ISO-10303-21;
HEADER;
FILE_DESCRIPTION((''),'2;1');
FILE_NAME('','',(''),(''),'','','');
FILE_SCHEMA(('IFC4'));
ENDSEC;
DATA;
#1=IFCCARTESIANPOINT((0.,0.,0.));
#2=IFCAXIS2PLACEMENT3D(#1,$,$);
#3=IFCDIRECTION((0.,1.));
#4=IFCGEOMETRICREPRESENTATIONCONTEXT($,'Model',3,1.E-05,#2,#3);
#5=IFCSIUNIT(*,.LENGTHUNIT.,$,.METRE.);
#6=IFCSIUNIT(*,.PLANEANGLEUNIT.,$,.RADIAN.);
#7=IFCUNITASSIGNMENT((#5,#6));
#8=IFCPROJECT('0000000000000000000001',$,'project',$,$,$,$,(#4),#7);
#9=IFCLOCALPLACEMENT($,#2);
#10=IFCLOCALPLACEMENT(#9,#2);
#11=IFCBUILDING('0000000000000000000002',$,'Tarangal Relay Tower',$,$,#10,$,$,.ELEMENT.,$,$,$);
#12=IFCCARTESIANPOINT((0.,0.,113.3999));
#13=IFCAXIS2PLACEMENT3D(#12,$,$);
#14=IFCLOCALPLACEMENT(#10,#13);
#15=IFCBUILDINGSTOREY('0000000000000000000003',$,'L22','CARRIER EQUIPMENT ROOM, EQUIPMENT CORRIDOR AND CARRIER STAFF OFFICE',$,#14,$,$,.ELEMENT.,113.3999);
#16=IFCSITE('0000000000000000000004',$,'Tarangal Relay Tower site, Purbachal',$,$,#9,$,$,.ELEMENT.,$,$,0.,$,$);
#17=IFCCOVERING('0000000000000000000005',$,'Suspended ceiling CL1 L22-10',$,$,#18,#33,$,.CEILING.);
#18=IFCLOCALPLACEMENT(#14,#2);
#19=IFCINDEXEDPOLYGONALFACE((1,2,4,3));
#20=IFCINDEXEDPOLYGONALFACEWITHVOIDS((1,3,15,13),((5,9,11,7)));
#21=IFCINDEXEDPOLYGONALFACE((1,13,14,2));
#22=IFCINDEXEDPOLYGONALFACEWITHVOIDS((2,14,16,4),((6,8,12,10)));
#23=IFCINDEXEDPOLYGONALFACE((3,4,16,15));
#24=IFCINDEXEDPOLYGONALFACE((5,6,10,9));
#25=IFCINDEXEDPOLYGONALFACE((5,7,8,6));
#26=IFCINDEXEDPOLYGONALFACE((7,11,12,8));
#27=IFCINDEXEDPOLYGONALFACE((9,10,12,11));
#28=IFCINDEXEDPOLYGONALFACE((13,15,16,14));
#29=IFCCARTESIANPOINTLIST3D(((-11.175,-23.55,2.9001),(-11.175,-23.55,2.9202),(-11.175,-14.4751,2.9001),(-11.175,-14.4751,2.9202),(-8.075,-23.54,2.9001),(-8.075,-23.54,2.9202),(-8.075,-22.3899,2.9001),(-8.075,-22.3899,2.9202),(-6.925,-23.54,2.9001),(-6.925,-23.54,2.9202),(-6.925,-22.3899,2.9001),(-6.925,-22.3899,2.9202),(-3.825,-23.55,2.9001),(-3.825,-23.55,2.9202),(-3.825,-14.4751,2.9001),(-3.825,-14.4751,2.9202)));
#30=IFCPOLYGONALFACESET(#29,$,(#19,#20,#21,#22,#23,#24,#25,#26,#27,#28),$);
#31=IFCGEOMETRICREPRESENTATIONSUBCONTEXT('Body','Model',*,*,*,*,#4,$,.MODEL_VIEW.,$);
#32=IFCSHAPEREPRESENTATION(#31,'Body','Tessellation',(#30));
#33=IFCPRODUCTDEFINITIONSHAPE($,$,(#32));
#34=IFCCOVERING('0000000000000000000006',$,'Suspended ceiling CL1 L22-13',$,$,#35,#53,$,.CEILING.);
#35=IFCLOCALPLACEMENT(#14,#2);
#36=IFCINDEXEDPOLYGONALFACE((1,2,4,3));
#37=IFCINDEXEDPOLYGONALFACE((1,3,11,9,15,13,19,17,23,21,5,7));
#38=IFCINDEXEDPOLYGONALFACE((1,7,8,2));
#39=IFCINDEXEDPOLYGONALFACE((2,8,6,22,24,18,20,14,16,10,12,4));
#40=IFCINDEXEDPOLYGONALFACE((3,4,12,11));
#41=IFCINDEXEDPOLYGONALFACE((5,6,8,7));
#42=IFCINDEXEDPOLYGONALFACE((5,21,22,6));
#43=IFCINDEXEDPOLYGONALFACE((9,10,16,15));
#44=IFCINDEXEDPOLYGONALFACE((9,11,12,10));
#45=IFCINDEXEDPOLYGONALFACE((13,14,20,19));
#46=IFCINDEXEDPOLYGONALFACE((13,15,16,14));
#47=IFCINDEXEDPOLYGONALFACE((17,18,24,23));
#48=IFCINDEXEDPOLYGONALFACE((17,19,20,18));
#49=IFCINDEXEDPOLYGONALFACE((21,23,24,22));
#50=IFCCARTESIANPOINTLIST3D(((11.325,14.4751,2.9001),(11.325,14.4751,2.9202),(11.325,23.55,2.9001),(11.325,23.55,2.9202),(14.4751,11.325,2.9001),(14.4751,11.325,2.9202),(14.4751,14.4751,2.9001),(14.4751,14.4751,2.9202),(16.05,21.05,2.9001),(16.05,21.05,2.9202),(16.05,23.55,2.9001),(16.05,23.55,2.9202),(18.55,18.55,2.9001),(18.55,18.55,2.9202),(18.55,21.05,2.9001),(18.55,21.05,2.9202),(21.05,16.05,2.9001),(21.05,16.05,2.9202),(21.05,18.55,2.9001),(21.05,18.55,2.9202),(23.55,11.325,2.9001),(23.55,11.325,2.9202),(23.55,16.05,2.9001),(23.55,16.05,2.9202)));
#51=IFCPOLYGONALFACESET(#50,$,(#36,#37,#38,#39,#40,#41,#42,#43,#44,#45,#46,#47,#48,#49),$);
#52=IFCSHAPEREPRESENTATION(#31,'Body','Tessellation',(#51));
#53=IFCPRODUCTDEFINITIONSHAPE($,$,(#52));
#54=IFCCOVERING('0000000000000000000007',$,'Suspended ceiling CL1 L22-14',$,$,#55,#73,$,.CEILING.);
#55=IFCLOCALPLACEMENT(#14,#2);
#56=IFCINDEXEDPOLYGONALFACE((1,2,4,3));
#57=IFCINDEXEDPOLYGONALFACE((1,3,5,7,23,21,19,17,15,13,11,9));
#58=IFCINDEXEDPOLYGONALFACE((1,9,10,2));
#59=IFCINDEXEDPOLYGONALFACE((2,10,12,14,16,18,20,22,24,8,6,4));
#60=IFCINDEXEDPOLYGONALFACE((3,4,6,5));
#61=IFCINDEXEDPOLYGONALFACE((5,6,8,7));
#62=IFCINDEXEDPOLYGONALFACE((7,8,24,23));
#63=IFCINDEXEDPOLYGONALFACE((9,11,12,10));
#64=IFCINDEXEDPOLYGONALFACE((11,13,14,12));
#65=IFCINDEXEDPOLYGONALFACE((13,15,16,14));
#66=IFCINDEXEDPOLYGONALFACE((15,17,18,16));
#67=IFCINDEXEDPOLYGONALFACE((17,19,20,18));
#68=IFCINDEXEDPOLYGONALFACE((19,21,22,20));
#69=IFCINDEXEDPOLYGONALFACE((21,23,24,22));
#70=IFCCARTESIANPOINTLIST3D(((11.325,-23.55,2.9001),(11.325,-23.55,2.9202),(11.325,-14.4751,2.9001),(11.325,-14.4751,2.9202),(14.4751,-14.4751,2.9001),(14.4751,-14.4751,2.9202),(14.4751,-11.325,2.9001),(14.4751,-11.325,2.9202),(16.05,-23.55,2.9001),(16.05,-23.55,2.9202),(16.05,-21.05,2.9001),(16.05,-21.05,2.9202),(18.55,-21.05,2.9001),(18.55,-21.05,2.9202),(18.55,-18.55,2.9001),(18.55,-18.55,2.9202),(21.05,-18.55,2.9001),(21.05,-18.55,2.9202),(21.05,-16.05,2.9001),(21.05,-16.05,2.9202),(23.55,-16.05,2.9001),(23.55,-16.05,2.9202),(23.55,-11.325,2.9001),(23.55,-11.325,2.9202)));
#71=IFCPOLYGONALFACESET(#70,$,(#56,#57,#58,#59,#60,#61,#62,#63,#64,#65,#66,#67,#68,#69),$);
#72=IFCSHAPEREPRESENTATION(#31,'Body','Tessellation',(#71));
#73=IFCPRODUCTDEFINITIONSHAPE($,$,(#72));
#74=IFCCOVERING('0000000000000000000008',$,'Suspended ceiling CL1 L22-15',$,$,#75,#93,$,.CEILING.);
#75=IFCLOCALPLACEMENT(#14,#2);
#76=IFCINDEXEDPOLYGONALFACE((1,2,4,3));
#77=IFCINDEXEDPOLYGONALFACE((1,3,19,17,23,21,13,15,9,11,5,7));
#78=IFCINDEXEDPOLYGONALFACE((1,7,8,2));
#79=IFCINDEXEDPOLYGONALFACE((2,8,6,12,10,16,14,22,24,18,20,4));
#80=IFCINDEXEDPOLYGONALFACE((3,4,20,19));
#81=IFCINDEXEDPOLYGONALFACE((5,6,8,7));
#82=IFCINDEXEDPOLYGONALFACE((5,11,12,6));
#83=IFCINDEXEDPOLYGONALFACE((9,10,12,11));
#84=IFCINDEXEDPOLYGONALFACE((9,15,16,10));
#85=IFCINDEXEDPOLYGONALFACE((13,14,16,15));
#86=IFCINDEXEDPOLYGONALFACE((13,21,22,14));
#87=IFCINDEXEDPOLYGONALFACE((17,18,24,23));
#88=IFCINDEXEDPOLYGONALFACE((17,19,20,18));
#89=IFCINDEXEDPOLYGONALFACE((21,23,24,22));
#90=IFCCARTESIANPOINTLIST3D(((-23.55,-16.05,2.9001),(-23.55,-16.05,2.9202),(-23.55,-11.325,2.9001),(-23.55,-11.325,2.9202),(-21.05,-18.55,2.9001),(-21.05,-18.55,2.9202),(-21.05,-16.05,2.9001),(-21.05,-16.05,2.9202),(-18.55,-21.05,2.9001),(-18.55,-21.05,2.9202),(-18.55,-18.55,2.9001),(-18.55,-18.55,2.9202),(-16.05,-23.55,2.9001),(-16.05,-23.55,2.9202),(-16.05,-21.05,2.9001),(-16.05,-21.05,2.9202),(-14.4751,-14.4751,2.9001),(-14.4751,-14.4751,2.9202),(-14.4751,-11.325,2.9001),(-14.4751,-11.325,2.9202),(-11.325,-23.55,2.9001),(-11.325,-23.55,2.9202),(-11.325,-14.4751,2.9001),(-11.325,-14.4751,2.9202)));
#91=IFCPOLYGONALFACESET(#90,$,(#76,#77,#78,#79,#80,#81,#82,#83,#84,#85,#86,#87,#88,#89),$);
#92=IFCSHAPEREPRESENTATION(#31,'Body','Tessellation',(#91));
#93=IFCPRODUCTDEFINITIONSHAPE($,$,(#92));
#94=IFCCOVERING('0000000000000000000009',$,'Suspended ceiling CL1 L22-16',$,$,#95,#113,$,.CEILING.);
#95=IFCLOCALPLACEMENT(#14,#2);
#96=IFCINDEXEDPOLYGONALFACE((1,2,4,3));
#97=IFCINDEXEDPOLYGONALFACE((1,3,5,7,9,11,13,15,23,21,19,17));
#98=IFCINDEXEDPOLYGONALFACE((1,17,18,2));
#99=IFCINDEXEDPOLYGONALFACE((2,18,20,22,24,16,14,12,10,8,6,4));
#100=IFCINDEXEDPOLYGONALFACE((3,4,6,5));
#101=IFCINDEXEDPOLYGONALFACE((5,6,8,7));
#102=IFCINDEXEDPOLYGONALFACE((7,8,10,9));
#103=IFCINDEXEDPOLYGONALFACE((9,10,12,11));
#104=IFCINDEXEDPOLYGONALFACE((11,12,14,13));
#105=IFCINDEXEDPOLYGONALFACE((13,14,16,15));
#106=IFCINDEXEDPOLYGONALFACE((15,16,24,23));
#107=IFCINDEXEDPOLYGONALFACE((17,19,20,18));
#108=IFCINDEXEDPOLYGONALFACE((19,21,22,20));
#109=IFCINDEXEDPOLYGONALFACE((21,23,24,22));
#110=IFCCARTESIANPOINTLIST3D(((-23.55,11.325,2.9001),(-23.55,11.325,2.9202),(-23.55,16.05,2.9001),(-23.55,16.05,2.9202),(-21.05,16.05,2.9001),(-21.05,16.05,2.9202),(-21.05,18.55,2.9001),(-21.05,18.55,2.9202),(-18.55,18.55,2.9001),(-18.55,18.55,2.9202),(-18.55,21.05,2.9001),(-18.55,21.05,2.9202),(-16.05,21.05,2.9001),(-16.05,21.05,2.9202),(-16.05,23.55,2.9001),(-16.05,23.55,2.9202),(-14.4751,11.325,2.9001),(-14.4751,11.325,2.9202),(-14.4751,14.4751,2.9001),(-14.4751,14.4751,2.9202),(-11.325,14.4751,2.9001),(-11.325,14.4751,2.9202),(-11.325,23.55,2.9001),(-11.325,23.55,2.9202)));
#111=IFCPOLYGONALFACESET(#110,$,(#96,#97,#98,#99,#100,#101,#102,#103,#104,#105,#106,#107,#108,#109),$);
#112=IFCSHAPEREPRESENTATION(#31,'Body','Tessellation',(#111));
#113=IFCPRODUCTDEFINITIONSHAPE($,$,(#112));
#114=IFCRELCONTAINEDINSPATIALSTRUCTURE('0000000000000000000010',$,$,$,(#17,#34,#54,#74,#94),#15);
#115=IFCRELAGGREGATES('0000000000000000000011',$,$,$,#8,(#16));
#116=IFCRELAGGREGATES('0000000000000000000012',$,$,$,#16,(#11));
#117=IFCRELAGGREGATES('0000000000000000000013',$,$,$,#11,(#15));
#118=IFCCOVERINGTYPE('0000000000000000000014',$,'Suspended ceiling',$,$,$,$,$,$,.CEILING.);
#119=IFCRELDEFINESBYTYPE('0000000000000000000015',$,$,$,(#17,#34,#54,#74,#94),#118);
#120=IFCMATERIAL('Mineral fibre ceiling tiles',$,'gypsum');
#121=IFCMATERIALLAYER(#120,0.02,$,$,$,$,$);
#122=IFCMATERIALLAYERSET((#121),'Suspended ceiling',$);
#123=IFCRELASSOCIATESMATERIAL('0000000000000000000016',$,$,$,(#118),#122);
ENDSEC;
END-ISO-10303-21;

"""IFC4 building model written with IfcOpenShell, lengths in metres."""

from ifc_helpers import new_model, si_unit, direction, frame, origin, place, context, subcontext, project, spatial, polyline, outline, extrude, material, layer, layer_set, type_object, element, save


model = new_model("IFC4")

# Units and contexts
model_context = context("Model", 3, precision=1e-05, world=origin(), true_north=direction((0.0, 1.0)))
body_context = subcontext(model_context, "Body", "Model", "MODEL_VIEW")
ifc_project = project(units=[si_unit("LENGTHUNIT", "METRE"), si_unit("PLANEANGLEUNIT", "RADIAN")], contexts=[model_context])

# Site, building, storey
site_placement = place(None, origin())
site = spatial("IfcSite", under=ifc_project, at=site_placement, Name="Tarangal Relay Tower site, Purbachal", CompositionType="ELEMENT", RefElevation=0.0)
building_placement = place(site_placement, origin())
building = spatial("IfcBuilding", under=site, at=building_placement, Name="Tarangal Relay Tower", CompositionType="ELEMENT")
storey_placement = place(building_placement, frame((0.0, 0.0, 113.3999)))
storey = spatial("IfcBuildingStorey", under=building, at=storey_placement, Name="L22", Description="CARRIER EQUIPMENT ROOM, EQUIPMENT CORRIDOR AND CARRIER STAFF OFFICE", CompositionType="ELEMENT", Elevation=113.3999)

# Coverings
ifc_material_1 = material(Name="Mineral fibre ceiling tiles", Category="gypsum")
ifc_layer_1 = layer(ifc_material_1, 0.02)
ifc_layer_set_1 = layer_set([ifc_layer_1], Name="Suspended ceiling")
covering_type_1 = type_object("IfcCoveringType", Name="Suspended ceiling", PredefinedType="CEILING", material=ifc_layer_set_1)
covering_1_placement = place(storey_placement, frame((0.0, 0.0, 2.9001)))
element("IfcCovering", 1, at=covering_1_placement, inside=storey, type_object=covering_type_1, Name="Suspended ceiling CL1 L22-10", PredefinedType="CEILING", context=body_context, shape_type="SweptSolid", body=[
    extrude(outline(polyline([(-11.175, -23.55), (-3.825, -23.55), (-3.825, -14.4751), (-11.175, -14.4751), (-11.175, -23.55)]), holes=[polyline([(-6.925, -22.3899), (-8.075, -22.3899), (-8.075, -23.54), (-6.925, -23.54), (-6.925, -22.3899)])]), origin(), (0.0, 0.0, 1.0), 0.02),
])
covering_2_placement = place(storey_placement, frame((0.0, 0.0, 2.9001)))
element("IfcCovering", 2, at=covering_2_placement, inside=storey, type_object=covering_type_1, Name="Suspended ceiling CL1 L22-13", PredefinedType="CEILING", context=body_context, shape_type="SweptSolid", body=[
    extrude(outline(polyline([(16.05, 23.55), (11.325, 23.55), (11.325, 14.4751), (14.4751, 14.4751), (14.4751, 11.325), (23.55, 11.325), (23.55, 16.05), (21.05, 16.05), (21.05, 18.55), (18.55, 18.55), (18.55, 21.05), (16.05, 21.05), (16.05, 23.55)])), origin(), (0.0, 0.0, 1.0), 0.02),
])
covering_3_placement = place(storey_placement, frame((0.0, 0.0, 2.9001)))
element("IfcCovering", 3, at=covering_3_placement, inside=storey, type_object=covering_type_1, Name="Suspended ceiling CL1 L22-14", PredefinedType="CEILING", context=body_context, shape_type="SweptSolid", body=[
    extrude(outline(polyline([(23.55, -16.05), (23.55, -11.325), (14.4751, -11.325), (14.4751, -14.4751), (11.325, -14.4751), (11.325, -23.55), (16.05, -23.55), (16.05, -21.05), (18.55, -21.05), (18.55, -18.55), (21.05, -18.55), (21.05, -16.05), (23.55, -16.05)])), origin(), (0.0, 0.0, 1.0), 0.02),
])
covering_4_placement = place(storey_placement, frame((0.0, 0.0, 2.9001)))
element("IfcCovering", 4, at=covering_4_placement, inside=storey, type_object=covering_type_1, Name="Suspended ceiling CL1 L22-15", PredefinedType="CEILING", context=body_context, shape_type="SweptSolid", body=[
    extrude(outline(polyline([(-16.05, -21.05), (-16.05, -23.55), (-11.325, -23.55), (-11.325, -14.4751), (-14.4751, -14.4751), (-14.4751, -11.325), (-23.55, -11.325), (-23.55, -16.05), (-21.05, -16.05), (-21.05, -18.55), (-18.55, -18.55), (-18.55, -21.05), (-16.05, -21.05)])), origin(), (0.0, 0.0, 1.0), 0.02),
])
covering_5_placement = place(storey_placement, frame((0.0, 0.0, 2.9001)))
element("IfcCovering", 5, at=covering_5_placement, inside=storey, type_object=covering_type_1, Name="Suspended ceiling CL1 L22-16", PredefinedType="CEILING", context=body_context, shape_type="SweptSolid", body=[
    extrude(outline(polyline([(-21.05, 16.05), (-23.55, 16.05), (-23.55, 11.325), (-14.4751, 11.325), (-14.4751, 14.4751), (-11.325, 14.4751), (-11.325, 23.55), (-16.05, 23.55), (-16.05, 21.05), (-18.55, 21.05), (-18.55, 18.55), (-21.05, 18.55), (-21.05, 16.05)])), origin(), (0.0, 0.0, 1.0), 0.02),
])

save(model, "model.ifc")
